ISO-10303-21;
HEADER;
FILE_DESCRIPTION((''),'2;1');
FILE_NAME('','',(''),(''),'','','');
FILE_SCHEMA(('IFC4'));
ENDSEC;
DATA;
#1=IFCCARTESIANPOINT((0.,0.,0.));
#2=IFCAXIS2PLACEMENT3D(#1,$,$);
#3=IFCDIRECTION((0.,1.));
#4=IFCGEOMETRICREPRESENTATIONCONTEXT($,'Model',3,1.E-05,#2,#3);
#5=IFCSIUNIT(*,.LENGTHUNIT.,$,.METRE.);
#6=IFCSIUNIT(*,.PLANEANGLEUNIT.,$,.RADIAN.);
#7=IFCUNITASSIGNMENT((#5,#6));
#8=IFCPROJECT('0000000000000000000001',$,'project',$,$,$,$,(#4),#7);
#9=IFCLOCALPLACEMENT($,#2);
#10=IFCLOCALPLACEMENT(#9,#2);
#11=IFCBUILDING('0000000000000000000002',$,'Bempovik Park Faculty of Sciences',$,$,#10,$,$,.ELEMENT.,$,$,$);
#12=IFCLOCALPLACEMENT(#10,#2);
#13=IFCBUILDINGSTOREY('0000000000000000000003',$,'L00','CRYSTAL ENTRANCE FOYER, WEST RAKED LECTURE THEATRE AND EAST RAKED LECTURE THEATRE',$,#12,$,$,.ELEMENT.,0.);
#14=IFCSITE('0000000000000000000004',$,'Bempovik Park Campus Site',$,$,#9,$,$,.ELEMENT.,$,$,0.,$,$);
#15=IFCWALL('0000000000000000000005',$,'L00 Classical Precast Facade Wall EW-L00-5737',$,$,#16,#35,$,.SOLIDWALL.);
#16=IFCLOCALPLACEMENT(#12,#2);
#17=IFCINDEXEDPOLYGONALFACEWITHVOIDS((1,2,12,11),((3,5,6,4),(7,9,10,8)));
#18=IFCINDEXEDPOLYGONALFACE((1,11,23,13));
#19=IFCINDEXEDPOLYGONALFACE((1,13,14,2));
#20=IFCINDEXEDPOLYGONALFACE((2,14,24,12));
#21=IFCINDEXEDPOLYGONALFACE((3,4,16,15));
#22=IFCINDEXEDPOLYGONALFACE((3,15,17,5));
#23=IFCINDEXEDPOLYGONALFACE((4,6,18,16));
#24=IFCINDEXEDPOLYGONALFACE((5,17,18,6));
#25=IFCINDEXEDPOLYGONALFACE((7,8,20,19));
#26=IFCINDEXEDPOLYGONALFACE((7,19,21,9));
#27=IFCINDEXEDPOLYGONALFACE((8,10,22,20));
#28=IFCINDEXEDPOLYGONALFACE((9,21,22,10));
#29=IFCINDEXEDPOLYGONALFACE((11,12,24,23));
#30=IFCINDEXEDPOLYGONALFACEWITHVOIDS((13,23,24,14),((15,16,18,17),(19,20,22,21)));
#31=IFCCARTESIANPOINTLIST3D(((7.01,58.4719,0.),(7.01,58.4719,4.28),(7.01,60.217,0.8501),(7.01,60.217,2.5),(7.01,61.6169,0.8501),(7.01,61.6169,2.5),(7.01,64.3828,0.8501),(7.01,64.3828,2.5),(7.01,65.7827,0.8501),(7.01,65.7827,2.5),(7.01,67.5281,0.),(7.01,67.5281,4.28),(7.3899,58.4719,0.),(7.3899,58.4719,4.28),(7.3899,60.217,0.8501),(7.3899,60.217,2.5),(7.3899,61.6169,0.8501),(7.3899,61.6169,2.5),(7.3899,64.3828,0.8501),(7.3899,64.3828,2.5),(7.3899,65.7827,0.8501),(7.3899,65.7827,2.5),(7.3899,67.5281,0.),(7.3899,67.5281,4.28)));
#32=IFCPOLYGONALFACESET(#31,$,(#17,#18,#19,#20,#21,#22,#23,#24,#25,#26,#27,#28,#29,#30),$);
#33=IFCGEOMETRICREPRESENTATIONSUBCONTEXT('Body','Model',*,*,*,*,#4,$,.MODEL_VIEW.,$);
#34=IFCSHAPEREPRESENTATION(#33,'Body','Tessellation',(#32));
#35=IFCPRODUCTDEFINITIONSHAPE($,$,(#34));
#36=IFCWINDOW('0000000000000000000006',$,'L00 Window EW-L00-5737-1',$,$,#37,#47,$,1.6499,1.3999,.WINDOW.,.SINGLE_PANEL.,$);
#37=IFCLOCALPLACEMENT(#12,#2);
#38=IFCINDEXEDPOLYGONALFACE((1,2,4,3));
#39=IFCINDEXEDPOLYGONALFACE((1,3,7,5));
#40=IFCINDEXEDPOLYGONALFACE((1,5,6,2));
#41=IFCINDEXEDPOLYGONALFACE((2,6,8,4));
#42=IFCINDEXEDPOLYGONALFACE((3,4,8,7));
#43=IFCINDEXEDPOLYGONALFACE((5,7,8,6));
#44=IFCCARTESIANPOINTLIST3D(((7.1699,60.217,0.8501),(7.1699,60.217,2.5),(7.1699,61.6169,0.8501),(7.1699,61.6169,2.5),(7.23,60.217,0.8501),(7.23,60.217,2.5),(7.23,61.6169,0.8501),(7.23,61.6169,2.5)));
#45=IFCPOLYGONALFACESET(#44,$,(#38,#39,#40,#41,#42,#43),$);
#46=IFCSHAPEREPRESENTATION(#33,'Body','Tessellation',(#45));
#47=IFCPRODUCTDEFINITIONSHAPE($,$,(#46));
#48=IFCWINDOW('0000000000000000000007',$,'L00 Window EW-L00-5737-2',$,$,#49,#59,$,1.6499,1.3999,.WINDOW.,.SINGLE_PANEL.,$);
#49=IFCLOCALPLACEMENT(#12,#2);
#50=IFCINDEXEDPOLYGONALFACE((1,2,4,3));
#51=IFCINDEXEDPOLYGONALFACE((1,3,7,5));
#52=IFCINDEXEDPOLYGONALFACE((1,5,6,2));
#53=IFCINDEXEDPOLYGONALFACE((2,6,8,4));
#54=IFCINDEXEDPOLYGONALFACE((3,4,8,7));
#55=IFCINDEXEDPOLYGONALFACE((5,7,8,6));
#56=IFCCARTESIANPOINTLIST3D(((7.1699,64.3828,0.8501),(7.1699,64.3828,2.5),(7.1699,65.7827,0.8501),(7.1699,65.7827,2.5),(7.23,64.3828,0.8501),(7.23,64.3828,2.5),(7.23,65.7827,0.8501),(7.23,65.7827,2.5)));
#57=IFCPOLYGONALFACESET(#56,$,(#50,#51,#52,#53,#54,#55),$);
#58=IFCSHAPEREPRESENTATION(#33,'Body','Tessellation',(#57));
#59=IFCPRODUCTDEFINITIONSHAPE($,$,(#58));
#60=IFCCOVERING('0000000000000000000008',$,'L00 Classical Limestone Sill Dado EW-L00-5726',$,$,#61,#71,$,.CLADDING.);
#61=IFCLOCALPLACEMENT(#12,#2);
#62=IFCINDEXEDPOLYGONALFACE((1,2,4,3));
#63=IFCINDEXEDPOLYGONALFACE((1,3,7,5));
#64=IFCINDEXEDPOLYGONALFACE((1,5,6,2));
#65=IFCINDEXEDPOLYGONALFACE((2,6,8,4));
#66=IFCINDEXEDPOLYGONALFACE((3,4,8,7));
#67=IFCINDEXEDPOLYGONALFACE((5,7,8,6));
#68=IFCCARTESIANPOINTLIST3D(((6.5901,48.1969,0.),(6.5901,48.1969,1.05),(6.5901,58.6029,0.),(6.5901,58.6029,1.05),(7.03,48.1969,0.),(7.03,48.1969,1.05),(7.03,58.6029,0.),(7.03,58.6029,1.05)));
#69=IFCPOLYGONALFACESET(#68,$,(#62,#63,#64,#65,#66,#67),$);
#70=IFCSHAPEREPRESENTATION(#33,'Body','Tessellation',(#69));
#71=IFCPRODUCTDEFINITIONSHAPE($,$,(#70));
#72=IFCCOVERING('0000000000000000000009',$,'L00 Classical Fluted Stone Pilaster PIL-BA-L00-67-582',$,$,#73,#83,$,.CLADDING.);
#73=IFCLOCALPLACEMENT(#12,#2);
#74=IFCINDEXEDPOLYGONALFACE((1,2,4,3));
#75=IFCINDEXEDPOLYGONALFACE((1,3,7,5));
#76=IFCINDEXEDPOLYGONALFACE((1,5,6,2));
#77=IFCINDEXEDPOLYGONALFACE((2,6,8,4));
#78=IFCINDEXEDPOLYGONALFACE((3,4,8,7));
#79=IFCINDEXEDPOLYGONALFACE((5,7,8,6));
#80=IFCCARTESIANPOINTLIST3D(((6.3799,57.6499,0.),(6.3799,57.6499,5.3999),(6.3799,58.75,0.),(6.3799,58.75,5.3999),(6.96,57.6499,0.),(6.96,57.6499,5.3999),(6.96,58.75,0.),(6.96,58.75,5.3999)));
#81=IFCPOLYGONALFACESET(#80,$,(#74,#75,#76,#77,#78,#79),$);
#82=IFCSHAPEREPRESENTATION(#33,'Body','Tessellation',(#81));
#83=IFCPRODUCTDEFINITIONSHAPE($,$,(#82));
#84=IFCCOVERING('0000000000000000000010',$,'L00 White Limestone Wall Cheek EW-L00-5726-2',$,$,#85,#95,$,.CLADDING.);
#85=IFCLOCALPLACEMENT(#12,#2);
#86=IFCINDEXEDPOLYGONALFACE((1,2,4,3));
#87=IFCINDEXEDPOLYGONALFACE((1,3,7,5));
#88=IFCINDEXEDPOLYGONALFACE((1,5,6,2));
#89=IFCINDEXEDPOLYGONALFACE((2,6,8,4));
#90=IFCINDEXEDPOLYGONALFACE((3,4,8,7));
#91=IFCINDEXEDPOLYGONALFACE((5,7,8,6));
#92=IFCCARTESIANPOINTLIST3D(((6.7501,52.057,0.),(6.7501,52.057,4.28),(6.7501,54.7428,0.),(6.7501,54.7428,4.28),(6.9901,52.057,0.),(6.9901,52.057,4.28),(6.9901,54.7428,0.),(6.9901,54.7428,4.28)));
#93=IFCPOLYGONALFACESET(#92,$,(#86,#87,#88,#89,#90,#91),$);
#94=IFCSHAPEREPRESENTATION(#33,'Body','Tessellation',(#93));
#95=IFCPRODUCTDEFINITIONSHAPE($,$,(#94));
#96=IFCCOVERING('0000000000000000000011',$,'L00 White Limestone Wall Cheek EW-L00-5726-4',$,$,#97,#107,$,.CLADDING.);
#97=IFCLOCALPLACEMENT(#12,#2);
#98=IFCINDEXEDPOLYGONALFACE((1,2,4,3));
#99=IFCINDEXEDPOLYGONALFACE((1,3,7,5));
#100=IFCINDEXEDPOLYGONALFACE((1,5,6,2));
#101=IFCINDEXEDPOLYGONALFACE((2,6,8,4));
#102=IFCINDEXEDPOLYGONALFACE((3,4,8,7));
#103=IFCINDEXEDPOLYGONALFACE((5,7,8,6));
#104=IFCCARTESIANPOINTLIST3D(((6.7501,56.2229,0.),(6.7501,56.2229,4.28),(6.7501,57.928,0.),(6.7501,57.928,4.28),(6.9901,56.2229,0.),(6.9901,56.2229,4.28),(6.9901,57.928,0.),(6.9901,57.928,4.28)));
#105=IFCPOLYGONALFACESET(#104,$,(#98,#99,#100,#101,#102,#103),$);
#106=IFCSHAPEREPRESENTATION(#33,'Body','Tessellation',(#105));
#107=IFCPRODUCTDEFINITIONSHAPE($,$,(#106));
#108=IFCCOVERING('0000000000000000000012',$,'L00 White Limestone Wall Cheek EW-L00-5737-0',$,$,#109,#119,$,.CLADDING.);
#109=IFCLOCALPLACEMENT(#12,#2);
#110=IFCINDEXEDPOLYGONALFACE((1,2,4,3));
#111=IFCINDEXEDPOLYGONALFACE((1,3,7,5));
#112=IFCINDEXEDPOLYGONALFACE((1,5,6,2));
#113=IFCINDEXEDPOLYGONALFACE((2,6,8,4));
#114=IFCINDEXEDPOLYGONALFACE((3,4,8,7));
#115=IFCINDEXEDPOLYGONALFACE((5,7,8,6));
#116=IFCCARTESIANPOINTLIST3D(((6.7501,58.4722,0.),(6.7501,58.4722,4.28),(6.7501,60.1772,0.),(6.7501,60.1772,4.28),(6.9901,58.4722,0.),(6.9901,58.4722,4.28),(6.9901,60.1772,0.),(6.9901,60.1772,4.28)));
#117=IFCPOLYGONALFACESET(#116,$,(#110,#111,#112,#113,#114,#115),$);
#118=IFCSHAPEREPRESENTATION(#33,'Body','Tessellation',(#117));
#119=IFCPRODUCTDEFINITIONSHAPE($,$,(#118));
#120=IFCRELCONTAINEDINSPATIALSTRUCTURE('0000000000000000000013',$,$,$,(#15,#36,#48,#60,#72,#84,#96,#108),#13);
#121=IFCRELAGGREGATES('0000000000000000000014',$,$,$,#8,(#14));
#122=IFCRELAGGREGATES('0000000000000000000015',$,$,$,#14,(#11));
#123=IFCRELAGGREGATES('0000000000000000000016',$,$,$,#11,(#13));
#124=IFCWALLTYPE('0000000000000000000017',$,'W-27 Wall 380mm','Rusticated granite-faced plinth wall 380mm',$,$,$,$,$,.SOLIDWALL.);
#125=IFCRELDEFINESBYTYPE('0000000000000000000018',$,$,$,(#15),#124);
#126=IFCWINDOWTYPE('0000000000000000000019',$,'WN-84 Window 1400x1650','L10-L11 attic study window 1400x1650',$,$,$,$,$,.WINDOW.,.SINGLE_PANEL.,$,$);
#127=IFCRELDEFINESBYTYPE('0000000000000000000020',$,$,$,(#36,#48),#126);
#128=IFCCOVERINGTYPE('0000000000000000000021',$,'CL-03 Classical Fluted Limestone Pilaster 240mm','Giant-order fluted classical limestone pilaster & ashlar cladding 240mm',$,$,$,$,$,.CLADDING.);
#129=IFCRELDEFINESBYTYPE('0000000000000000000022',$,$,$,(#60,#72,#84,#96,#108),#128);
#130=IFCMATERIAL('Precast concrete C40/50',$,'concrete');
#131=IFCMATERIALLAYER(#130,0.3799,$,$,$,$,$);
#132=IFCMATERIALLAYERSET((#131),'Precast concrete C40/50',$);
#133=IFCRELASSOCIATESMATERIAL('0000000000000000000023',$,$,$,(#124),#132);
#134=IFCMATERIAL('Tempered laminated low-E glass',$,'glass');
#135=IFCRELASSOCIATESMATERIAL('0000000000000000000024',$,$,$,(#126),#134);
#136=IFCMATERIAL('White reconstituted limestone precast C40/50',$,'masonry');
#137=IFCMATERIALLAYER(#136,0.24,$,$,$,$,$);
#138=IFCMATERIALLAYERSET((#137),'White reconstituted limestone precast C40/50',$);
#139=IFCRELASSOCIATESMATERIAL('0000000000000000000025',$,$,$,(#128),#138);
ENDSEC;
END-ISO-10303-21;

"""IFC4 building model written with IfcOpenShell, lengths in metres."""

from ifc_helpers import new_model, si_unit, direction, frame, frame_2d, origin, origin_2d, place, context, subcontext, project, spatial, rectangle, extrude, material, layer, layer_set, type_object, element, fill, save


model = new_model("IFC4")

# Units and contexts
model_context = context("Model", 3, precision=1e-05, world=origin(), true_north=direction((0.0, 1.0)))
body_context = subcontext(model_context, "Body", "Model", "MODEL_VIEW")
ifc_project = project(units=[si_unit("LENGTHUNIT", "METRE"), si_unit("PLANEANGLEUNIT", "RADIAN")], contexts=[model_context])

# Site, building, storey
site_placement = place(None, origin())
site = spatial("IfcSite", under=ifc_project, at=site_placement, Name="Bempovik Park Campus Site", CompositionType="ELEMENT", RefElevation=0.0)
building_placement = place(site_placement, origin())
building = spatial("IfcBuilding", under=site, at=building_placement, Name="Bempovik Park Faculty of Sciences", CompositionType="ELEMENT")
storey_placement = place(building_placement, origin())
storey = spatial("IfcBuildingStorey", under=building, at=storey_placement, Name="L00", Description="CRYSTAL ENTRANCE FOYER, WEST RAKED LECTURE THEATRE AND EAST RAKED LECTURE THEATRE", CompositionType="ELEMENT", Elevation=0.0)

# Wall, openings, windows
ifc_material_1 = material(Name="Precast concrete C40/50", Category="concrete")
ifc_layer_1 = layer(ifc_material_1, 0.3799)
ifc_layer_set_1 = layer_set([ifc_layer_1], Name="Precast concrete C40/50")
wall_type = type_object("IfcWallType", Name="W-27 Wall 380mm", Description="Rusticated granite-faced plinth wall 380mm", PredefinedType="SOLIDWALL", material=ifc_layer_set_1)
wall_placement = place(storey_placement, frame((7.2, 58.4719, 0.0), z_axis=(0.0, 0.0, 1.0), x_axis=(0.0, 1.0, 0.0)))
wall = element("IfcWall", 1, at=wall_placement, inside=storey, type_object=wall_type, Name="L00 Classical Precast Facade Wall EW-L00-5737", PredefinedType="SOLIDWALL", context=body_context, shape_type="SweptSolid", body=[
    extrude(rectangle(XDim=9.0562, YDim=0.3799, at=frame_2d((4.5281, 0.0))), origin(), (0.0, 0.0, 1.0), 4.28),
])
opening_1_placement = place(wall_placement, frame((1.7451, 0.0, 0.8501)))
opening_1 = element("IfcOpeningElement", 2, at=opening_1_placement, cuts=wall, PredefinedType="OPENING", context=body_context, shape_type="SweptSolid", body=[
    extrude(rectangle(XDim=1.3999, YDim=1.6499, at=frame_2d((0.7, 0.825))), frame((0.0, 0.2, 0.0), z_axis=(0.0, -1.0, 0.0), x_axis=(1.0, 0.0, 0.0)), (0.0, 0.0, 1.0), 0.3999),
])
opening_2_placement = place(wall_placement, frame((5.9109, 0.0, 0.8501)))
opening_2 = element("IfcOpeningElement", 3, at=opening_2_placement, cuts=wall, PredefinedType="OPENING", context=body_context, shape_type="SweptSolid", body=[
    extrude(rectangle(XDim=1.3999, YDim=1.6499, at=frame_2d((0.7, 0.825))), frame((0.0, 0.2, 0.0), z_axis=(0.0, -1.0, 0.0), x_axis=(1.0, 0.0, 0.0)), (0.0, 0.0, 1.0), 0.3999),
])
ifc_material_2 = material(Name="Tempered laminated low-E glass", Category="glass")
window_type = type_object("IfcWindowType", Name="WN-84 Window 1400x1650", Description="L10-L11 attic study window 1400x1650", PartitioningType="SINGLE_PANEL", PredefinedType="WINDOW", material=ifc_material_2)
window_1_placement = place(opening_1_placement, origin())
window_1 = element("IfcWindow", 4, at=window_1_placement, inside=storey, type_object=window_type, Name="L00 Window EW-L00-5737-1", OverallHeight=1.6499, OverallWidth=1.3999, PartitioningType="SINGLE_PANEL", PredefinedType="WINDOW", context=body_context, shape_type="SweptSolid", body=[
    extrude(rectangle(XDim=1.3999, YDim=1.6499, at=frame_2d((0.7, 0.825))), frame((0.0, 0.03, 0.0), z_axis=(0.0, -1.0, 0.0), x_axis=(1.0, 0.0, 0.0)), (0.0, 0.0, 1.0), 0.0601),
])
fill(opening_1, window_1)
window_2_placement = place(opening_2_placement, origin())
window_2 = element("IfcWindow", 5, at=window_2_placement, inside=storey, type_object=window_type, Name="L00 Window EW-L00-5737-2", OverallHeight=1.6499, OverallWidth=1.3999, PartitioningType="SINGLE_PANEL", PredefinedType="WINDOW", context=body_context, shape_type="SweptSolid", body=[
    extrude(rectangle(XDim=1.3999, YDim=1.6499, at=frame_2d((0.7, 0.825))), frame((0.0, 0.03, 0.0), z_axis=(0.0, -1.0, 0.0), x_axis=(1.0, 0.0, 0.0)), (0.0, 0.0, 1.0), 0.0601),
])
fill(opening_2, window_2)

# Coverings
ifc_material_3 = material(Name="White reconstituted limestone precast C40/50", Category="masonry")
ifc_layer_2 = layer(ifc_material_3, 0.24)
ifc_layer_set_2 = layer_set([ifc_layer_2], Name="White reconstituted limestone precast C40/50")
covering_type = type_object("IfcCoveringType", Name="CL-03 Classical Fluted Limestone Pilaster 240mm", Description="Giant-order fluted classical limestone pilaster & ashlar cladding 240mm", PredefinedType="CLADDING", material=ifc_layer_set_2)
covering_1_placement = place(storey_placement, frame((6.8101, 53.3999, 0.0), z_axis=(0.0, 0.0, 1.0), x_axis=(1.0, 0.0, 0.0)))
element("IfcCovering", 6, at=covering_1_placement, inside=storey, type_object=covering_type, Name="L00 Classical Limestone Sill Dado EW-L00-5726", PredefinedType="CLADDING", context=body_context, shape_type="SweptSolid", body=[
    extrude(rectangle(XDim=0.4399, YDim=10.406, at=origin_2d()), origin(), (0.0, 0.0, 1.0), 1.05),
])
covering_2_placement = place(storey_placement, frame((6.6699, 58.2, 0.0), z_axis=(0.0, 0.0, 1.0), x_axis=(1.0, 0.0, 0.0)))
element("IfcCovering", 7, at=covering_2_placement, inside=storey, type_object=covering_type, Name="L00 Classical Fluted Stone Pilaster PIL-BA-L00-67-582", PredefinedType="CLADDING", context=body_context, shape_type="SweptSolid", body=[
    extrude(rectangle(XDim=0.5801, YDim=1.1001, at=origin_2d()), origin(), (0.0, 0.0, 1.0), 5.3999),
])
covering_3_placement = place(storey_placement, frame((6.8701, 53.3999, 0.0), z_axis=(0.0, 0.0, 1.0), x_axis=(1.0, 0.0, 0.0)))
element("IfcCovering", 8, at=covering_3_placement, inside=storey, type_object=covering_type, Name="L00 White Limestone Wall Cheek EW-L00-5726-2", PredefinedType="CLADDING", context=body_context, shape_type="SweptSolid", body=[
    extrude(rectangle(XDim=0.24, YDim=2.6858, at=origin_2d()), origin(), (0.0, 0.0, 1.0), 4.28),
])
for number, where, z_axis, x_axis, name in (
    (9, (6.8701, 57.0754, 0.0), (0.0, 0.0, 1.0), (1.0, 0.0, 0.0), "L00 White Limestone Wall Cheek EW-L00-5726-4"),
    (10, (6.8701, 59.3247, 0.0), (0.0, 0.0, 1.0), (1.0, 0.0, 0.0), "L00 White Limestone Wall Cheek EW-L00-5737-0"),
):
    element("IfcCovering", number, at=place(storey_placement, frame(where, z_axis=z_axis, x_axis=x_axis)), inside=storey, type_object=covering_type, Name=name, PredefinedType="CLADDING", context=body_context, shape_type="SweptSolid", body=[
        extrude(rectangle(XDim=0.24, YDim=1.7051, at=origin_2d()), origin(), (0.0, 0.0, 1.0), 4.28),
    ])

save(model, "model.ifc")
